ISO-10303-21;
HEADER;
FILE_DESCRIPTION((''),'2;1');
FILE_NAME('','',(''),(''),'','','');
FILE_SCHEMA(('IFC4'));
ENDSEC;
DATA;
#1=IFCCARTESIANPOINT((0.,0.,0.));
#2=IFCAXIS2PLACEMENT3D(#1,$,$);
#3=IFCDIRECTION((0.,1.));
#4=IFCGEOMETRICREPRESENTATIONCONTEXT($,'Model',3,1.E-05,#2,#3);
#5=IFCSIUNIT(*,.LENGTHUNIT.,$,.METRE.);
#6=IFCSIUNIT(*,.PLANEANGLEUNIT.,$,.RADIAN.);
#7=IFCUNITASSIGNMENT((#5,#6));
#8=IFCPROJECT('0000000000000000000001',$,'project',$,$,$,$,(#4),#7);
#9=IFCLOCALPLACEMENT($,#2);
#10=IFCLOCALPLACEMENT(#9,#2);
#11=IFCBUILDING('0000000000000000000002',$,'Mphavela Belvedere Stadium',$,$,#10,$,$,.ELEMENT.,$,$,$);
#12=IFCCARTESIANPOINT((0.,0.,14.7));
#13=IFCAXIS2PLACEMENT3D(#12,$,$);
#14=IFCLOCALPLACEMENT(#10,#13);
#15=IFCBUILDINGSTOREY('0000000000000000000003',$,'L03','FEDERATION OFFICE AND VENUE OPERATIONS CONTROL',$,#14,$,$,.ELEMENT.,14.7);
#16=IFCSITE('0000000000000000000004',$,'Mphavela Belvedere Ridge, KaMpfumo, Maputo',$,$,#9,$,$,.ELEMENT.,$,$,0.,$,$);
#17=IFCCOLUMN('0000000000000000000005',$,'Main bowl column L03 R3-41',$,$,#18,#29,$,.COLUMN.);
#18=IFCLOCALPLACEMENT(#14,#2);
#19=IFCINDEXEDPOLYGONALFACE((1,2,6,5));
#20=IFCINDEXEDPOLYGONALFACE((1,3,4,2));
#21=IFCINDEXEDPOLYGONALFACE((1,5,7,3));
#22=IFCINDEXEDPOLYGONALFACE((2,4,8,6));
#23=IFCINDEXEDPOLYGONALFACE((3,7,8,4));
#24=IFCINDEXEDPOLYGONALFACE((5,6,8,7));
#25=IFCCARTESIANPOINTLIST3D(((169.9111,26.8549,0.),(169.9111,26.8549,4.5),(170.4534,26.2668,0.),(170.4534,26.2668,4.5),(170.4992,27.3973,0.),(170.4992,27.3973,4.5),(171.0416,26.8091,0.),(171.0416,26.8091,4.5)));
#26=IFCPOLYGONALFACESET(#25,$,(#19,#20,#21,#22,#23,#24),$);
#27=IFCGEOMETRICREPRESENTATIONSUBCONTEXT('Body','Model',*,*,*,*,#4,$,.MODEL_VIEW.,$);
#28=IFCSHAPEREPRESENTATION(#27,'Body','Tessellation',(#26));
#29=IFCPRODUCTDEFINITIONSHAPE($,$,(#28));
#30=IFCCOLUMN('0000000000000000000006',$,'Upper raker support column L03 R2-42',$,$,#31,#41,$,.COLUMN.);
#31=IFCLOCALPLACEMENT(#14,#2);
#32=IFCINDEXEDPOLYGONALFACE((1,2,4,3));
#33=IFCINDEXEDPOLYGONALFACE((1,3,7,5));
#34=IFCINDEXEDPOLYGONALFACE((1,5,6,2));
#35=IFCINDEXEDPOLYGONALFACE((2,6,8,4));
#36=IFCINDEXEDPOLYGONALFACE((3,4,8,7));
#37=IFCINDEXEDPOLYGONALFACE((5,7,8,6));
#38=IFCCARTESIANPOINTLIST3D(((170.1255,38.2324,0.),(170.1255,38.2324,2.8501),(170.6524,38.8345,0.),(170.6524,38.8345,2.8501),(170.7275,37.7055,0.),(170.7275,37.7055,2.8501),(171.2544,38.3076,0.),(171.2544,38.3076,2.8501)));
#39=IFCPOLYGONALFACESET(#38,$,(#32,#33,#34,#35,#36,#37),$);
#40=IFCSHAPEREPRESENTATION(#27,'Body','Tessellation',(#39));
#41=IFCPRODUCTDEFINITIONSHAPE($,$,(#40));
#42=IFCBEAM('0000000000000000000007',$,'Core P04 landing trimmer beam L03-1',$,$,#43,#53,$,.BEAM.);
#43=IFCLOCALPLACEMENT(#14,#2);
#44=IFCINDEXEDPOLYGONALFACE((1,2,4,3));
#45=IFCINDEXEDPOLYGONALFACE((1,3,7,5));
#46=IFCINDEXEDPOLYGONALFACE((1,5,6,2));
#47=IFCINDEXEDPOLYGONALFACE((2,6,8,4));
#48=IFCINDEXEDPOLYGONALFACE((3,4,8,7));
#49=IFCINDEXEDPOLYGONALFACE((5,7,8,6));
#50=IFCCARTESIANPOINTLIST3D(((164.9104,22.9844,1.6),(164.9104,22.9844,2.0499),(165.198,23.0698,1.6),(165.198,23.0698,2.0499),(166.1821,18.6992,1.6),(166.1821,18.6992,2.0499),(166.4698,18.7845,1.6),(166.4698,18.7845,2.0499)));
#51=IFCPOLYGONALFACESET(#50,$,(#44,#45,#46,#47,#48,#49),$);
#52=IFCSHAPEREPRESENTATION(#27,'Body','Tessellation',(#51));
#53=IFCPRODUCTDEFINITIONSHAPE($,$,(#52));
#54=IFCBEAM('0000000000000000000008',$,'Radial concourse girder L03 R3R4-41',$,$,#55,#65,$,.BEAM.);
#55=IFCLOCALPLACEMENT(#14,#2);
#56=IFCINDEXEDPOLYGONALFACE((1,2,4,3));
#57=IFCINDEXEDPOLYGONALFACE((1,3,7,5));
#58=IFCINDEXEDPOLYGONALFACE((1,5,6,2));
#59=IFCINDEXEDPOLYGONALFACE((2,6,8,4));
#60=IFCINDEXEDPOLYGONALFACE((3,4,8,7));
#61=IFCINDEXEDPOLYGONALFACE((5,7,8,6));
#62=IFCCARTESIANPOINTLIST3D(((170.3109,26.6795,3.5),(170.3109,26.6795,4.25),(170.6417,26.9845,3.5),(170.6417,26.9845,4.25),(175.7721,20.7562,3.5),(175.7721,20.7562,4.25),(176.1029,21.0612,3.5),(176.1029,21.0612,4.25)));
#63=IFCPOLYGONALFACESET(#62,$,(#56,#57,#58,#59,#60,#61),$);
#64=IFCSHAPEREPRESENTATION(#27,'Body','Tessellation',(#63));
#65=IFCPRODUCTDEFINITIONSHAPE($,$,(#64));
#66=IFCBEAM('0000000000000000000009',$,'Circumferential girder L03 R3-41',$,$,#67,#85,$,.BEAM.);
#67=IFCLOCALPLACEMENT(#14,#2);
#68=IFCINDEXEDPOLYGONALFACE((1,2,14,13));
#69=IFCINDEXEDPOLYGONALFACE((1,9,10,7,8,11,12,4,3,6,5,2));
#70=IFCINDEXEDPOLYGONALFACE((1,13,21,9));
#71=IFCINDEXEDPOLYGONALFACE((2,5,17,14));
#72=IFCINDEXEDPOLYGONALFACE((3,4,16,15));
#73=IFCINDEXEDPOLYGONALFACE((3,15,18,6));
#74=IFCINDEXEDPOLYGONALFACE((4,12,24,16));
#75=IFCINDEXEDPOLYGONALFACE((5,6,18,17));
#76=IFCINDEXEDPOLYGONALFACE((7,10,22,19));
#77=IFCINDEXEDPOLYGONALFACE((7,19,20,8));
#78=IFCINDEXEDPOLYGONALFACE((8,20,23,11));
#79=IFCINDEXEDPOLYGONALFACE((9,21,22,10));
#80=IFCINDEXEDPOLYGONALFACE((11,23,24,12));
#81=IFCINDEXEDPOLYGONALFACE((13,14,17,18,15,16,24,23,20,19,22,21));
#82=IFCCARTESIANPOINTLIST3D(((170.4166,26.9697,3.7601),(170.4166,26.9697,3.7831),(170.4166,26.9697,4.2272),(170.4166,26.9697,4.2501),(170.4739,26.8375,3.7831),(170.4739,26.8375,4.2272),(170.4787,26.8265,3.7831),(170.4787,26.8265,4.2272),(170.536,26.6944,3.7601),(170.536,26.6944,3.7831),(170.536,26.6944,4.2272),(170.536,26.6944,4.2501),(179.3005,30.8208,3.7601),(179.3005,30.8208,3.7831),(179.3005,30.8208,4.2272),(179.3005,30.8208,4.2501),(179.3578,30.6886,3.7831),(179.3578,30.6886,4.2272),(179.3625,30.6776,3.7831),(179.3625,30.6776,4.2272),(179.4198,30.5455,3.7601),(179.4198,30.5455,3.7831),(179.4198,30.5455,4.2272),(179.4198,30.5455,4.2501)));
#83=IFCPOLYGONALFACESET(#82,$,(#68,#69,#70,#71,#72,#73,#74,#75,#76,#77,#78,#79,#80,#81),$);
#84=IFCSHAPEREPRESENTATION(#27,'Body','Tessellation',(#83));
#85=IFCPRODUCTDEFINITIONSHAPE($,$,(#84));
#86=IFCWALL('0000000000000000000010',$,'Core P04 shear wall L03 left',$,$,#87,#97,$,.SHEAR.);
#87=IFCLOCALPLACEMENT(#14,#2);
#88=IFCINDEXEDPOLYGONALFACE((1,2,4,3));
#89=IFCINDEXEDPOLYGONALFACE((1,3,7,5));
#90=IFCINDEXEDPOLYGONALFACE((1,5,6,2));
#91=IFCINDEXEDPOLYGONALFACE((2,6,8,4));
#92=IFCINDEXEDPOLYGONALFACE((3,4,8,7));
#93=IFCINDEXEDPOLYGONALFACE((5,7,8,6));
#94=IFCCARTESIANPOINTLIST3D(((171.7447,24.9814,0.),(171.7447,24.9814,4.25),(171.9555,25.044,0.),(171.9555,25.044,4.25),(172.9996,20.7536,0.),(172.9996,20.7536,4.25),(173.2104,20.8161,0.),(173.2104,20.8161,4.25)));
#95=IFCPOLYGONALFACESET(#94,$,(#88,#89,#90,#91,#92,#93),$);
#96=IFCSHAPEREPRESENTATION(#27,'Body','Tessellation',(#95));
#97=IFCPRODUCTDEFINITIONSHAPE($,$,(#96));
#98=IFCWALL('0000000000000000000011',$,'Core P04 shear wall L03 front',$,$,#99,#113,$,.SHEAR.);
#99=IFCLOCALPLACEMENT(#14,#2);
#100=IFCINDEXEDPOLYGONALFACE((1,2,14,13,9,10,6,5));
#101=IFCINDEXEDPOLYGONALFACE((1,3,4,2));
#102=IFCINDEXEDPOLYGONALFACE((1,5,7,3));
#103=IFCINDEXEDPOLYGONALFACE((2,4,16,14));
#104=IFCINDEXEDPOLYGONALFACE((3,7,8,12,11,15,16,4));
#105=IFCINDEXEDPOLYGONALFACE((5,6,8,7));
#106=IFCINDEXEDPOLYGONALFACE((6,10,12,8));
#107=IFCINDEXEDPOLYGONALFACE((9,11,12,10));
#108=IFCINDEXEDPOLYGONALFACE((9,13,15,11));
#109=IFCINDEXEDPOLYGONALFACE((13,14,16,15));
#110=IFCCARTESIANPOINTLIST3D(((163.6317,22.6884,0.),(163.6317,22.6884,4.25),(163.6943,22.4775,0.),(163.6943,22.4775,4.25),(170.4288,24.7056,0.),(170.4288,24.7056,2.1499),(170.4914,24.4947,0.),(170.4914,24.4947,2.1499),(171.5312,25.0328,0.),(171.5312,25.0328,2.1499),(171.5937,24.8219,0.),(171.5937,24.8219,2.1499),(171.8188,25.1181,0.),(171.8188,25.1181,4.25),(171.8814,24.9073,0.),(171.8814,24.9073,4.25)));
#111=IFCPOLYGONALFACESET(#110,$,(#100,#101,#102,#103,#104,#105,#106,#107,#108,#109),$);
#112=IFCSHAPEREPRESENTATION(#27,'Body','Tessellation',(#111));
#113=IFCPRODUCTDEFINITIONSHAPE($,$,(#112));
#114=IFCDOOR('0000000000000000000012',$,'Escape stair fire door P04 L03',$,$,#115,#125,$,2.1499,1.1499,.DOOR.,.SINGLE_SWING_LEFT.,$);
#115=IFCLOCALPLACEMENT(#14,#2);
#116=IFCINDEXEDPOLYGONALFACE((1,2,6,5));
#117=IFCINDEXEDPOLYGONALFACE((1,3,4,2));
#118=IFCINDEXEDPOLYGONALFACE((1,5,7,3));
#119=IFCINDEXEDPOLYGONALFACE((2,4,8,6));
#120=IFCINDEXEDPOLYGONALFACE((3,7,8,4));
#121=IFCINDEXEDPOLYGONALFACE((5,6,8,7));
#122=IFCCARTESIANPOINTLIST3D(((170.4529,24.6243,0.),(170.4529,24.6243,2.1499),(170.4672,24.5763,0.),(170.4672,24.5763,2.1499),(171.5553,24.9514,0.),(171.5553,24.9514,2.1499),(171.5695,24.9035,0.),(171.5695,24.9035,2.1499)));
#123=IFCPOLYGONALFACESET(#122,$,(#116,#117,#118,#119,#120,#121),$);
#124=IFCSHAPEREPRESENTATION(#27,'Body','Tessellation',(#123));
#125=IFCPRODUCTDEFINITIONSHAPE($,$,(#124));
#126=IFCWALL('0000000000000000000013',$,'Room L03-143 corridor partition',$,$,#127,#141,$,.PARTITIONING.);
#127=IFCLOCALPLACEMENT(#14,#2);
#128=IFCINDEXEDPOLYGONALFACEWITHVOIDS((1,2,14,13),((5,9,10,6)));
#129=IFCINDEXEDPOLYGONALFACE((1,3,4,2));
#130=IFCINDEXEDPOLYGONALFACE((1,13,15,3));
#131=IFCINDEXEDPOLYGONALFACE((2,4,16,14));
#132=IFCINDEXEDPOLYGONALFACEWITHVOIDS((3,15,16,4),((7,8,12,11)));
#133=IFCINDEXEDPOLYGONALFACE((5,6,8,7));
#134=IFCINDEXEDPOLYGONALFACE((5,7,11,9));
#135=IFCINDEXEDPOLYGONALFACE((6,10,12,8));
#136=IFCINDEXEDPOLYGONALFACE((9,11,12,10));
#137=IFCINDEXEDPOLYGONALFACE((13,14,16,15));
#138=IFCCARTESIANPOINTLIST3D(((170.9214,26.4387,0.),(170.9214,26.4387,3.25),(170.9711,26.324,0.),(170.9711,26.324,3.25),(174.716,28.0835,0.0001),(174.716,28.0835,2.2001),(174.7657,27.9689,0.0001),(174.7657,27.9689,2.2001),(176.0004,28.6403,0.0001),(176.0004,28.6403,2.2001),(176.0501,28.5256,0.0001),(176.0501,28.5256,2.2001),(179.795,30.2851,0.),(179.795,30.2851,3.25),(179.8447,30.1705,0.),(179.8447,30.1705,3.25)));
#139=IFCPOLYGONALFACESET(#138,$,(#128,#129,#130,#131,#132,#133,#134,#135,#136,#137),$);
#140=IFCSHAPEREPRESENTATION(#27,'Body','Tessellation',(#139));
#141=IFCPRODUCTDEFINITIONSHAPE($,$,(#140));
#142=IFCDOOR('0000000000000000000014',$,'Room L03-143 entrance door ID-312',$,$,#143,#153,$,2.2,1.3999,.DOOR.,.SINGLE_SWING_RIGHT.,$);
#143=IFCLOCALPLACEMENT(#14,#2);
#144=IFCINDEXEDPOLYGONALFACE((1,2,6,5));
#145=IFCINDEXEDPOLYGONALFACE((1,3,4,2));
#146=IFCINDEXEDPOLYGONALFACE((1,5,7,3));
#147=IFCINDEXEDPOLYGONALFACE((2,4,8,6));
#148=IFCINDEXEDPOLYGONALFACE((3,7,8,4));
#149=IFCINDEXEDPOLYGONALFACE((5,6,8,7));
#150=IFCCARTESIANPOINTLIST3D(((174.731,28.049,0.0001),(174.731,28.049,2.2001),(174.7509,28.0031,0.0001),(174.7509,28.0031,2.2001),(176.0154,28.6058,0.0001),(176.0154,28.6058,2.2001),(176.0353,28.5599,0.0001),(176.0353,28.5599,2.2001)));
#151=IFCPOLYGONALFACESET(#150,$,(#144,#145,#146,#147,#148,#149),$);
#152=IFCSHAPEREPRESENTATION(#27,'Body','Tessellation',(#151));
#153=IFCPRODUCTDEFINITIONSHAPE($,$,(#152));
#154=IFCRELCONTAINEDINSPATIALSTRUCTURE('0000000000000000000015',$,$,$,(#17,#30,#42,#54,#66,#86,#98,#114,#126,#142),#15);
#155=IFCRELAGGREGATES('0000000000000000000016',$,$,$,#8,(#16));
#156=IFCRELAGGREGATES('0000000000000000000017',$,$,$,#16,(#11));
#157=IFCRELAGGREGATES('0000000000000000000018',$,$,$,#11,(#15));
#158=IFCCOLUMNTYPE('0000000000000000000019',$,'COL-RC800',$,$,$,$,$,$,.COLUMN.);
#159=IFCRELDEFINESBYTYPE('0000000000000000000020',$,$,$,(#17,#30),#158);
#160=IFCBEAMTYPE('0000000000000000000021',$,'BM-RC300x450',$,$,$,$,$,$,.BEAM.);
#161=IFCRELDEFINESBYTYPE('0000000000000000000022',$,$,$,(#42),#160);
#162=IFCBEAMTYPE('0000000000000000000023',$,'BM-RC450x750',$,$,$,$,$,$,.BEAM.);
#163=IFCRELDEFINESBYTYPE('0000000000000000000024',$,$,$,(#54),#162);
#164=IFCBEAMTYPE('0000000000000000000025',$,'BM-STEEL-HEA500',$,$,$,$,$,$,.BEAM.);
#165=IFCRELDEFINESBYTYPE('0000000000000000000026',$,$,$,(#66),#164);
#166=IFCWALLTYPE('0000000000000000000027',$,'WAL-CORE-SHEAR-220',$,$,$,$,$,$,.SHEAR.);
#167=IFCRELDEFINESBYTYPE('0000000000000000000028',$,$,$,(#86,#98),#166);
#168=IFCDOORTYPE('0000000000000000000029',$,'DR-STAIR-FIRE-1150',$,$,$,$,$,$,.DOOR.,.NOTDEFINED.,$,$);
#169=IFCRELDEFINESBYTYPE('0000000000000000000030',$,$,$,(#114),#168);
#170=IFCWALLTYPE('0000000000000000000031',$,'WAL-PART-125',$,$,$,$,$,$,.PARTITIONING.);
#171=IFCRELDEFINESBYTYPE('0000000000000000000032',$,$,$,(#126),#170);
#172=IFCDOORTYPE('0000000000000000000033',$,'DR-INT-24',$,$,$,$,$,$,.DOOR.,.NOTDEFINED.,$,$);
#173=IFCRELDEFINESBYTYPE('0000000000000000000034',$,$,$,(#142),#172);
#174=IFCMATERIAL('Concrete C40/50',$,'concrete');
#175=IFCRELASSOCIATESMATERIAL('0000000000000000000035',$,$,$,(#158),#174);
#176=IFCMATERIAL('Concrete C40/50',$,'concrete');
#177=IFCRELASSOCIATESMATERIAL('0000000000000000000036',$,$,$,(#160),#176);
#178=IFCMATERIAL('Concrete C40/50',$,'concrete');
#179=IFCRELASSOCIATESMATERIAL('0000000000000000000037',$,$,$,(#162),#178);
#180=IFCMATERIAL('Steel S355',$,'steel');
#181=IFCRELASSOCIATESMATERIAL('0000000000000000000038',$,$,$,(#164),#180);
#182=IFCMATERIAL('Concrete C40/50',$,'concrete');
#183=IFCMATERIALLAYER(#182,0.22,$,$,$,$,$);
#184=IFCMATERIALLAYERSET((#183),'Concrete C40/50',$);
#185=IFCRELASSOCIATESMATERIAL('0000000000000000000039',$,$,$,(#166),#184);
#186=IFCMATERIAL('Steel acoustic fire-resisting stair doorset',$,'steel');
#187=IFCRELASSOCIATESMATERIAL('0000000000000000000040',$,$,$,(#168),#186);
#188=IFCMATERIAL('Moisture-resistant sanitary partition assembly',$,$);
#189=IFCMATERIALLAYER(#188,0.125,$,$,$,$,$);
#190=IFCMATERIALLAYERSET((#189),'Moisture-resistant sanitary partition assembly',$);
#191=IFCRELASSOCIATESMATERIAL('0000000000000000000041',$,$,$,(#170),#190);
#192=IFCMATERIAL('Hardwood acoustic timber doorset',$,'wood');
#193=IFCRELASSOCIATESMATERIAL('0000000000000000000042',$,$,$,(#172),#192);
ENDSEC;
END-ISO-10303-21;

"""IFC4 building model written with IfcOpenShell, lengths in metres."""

from ifc_helpers import new_model, si_unit, direction, frame, frame_2d, origin, origin_2d, place, context, subcontext, project, spatial, rectangle, i_section, extrude, material, layer, layer_set, material_profile, profile_set, type_object, element, fill, save


model = new_model("IFC4")

# Units and contexts
model_context = context("Model", 3, precision=1e-05, world=origin(), true_north=direction((0.0, 1.0)))
body_context = subcontext(model_context, "Body", "Model", "MODEL_VIEW")
ifc_project = project(units=[si_unit("LENGTHUNIT", "METRE"), si_unit("PLANEANGLEUNIT", "RADIAN")], contexts=[model_context])

# Site, building, storey
site_placement = place(None, origin())
site = spatial("IfcSite", under=ifc_project, at=site_placement, Name="Mphavela Belvedere Ridge, KaMpfumo, Maputo", CompositionType="ELEMENT", RefElevation=0.0)
building_placement = place(site_placement, origin())
building = spatial("IfcBuilding", under=site, at=building_placement, Name="Mphavela Belvedere Stadium", CompositionType="ELEMENT")
storey_placement = place(building_placement, frame((0.0, 0.0, 14.7)))
storey = spatial("IfcBuildingStorey", under=building, at=storey_placement, Name="L03", Description="FEDERATION OFFICE AND VENUE OPERATIONS CONTROL", CompositionType="ELEMENT", Elevation=14.7)

# Columns
ifc_material_1 = material(Name="Concrete C40/50", Category="concrete")
ifc_material_profile_1 = material_profile(ifc_material_1, rectangle(XDim=0.8, YDim=0.8, at=origin_2d()), Name="RC 800x800")
ifc_profile_set_1 = profile_set([ifc_material_profile_1], Name="Concrete C40/50")
column_type = type_object("IfcColumnType", Name="COL-RC800", PredefinedType="COLUMN", material=ifc_profile_set_1)
column_1_placement = place(storey_placement, frame((170.4763, 26.832, 0.0), z_axis=(0.0, 0.0, 1.0), x_axis=(0.677903, -0.735151, 0.0)))
element("IfcColumn", 1, at=column_1_placement, inside=storey, type_object=column_type, Name="Main bowl column L03 R3-41", PredefinedType="COLUMN", context=body_context, shape_type="SweptSolid", body=[
    extrude(rectangle(XDim=0.8, YDim=0.8, at=origin_2d()), origin(), (0.0, 0.0, 1.0), 4.5),
])
column_2_placement = place(storey_placement, frame((170.6899, 38.27, 0.0), z_axis=(0.0, 0.0, 1.0), x_axis=(0.75253, -0.658558, 0.0)))
element("IfcColumn", 2, at=column_2_placement, inside=storey, type_object=column_type, Name="Upper raker support column L03 R2-42", PredefinedType="COLUMN", context=body_context, shape_type="SweptSolid", body=[
    extrude(rectangle(XDim=0.8, YDim=0.8, at=origin_2d()), origin(), (0.0, 0.0, 1.0), 2.8501),
])

# Beams
ifc_material_2 = material(Name="Concrete C40/50", Category="concrete")
ifc_material_profile_2 = material_profile(ifc_material_2, rectangle(XDim=0.3, YDim=0.45, at=origin_2d()), Name="RC 300x450")
ifc_profile_set_2 = profile_set([ifc_material_profile_2], Name="Concrete C40/50")
beam_type_1 = type_object("IfcBeamType", Name="BM-RC300x450", PredefinedType="BEAM", material=ifc_profile_set_2)
beam_1_placement = place(storey_placement, frame((165.0542, 23.0271, 1.825), z_axis=(0.28451, -0.958673, 0.0), x_axis=(0.958673, 0.28451, 0.0)))
element("IfcBeam", 3, at=beam_1_placement, inside=storey, type_object=beam_type_1, Name="Core P04 landing trimmer beam L03-1", PredefinedType="BEAM", context=body_context, shape_type="SweptSolid", body=[
    extrude(rectangle(XDim=0.3, YDim=0.45, at=origin_2d()), origin(), (0.0, 0.0, 1.0), 4.47),
])
ifc_material_3 = material(Name="Concrete C40/50", Category="concrete")
ifc_material_profile_3 = material_profile(ifc_material_3, rectangle(XDim=0.45, YDim=0.75, at=origin_2d()), Name="RC 450x750")
ifc_profile_set_3 = profile_set([ifc_material_profile_3], Name="Concrete C40/50")
beam_type_2 = type_object("IfcBeamType", Name="BM-RC450x750", PredefinedType="BEAM", material=ifc_profile_set_3)
beam_2_placement = place(storey_placement, frame((170.4763, 26.832, 3.875), z_axis=(0.677843, -0.735206, 0.0), x_axis=(0.735206, 0.677843, 0.0)))
element("IfcBeam", 4, at=beam_2_placement, inside=storey, type_object=beam_type_2, Name="Radial concourse girder L03 R3R4-41", PredefinedType="BEAM", context=body_context, shape_type="SweptSolid", body=[
    extrude(rectangle(XDim=0.45, YDim=0.75, at=origin_2d()), origin(), (0.0, 0.0, 1.0), 8.0566),
])
ifc_material_4 = material(Name="Steel S355", Category="steel")
ifc_material_profile_4 = material_profile(ifc_material_4, i_section(OverallWidth=0.3, OverallDepth=0.49, WebThickness=0.012, FlangeThickness=0.0229, at=origin_2d()), Name="HEA 500")
ifc_profile_set_4 = profile_set([ifc_material_profile_4], Name="Steel S355")
beam_type_3 = type_object("IfcBeamType", Name="BM-STEEL-HEA500", PredefinedType="BEAM", material=ifc_profile_set_4)
beam_3_placement = place(storey_placement, frame((170.4763, 26.832, 4.0051), z_axis=(0.917502, 0.397732, 0.0), x_axis=(-0.397732, 0.917502, 0.0)))
element("IfcBeam", 5, at=beam_3_placement, inside=storey, type_object=beam_type_3, Name="Circumferential girder L03 R3-41", PredefinedType="BEAM", context=body_context, shape_type="SweptSolid", body=[
    extrude(i_section(OverallWidth=0.3, OverallDepth=0.49, WebThickness=0.012, FlangeThickness=0.0229, at=origin_2d()), origin(), (0.0, 0.0, 1.0), 9.6826),
])

# Wall
ifc_material_5 = material(Name="Concrete C40/50", Category="concrete")
ifc_layer_1 = layer(ifc_material_5, 0.22)
ifc_layer_set_1 = layer_set([ifc_layer_1], Name="Concrete C40/50")
wall_type_1 = type_object("IfcWallType", Name="WAL-CORE-SHEAR-220", PredefinedType="SHEAR", material=ifc_layer_set_1)
wall_1_placement = place(storey_placement, frame((171.8501, 25.0127, 0.0), z_axis=(0.0, 0.0, 1.0), x_axis=(0.284548, -0.958662, 0.0)))
element("IfcWall", 6, at=wall_1_placement, inside=storey, type_object=wall_type_1, Name="Core P04 shear wall L03 left", PredefinedType="SHEAR", context=body_context, shape_type="SweptSolid", body=[
    extrude(rectangle(XDim=4.4102, YDim=0.22, at=frame_2d((2.2051, 0.0))), origin(), (0.0, 0.0, 1.0), 4.25),
])

# Walls, openings, doors
wall_2_placement = place(storey_placement, frame((171.8501, 25.0127, 0.0), z_axis=(0.0, 0.0, 1.0), x_axis=(-0.958673, -0.284509, 0.0)))
wall_2 = element("IfcWall", 7, at=wall_2_placement, inside=storey, type_object=wall_type_1, Name="Core P04 shear wall L03 front", PredefinedType="SHEAR", context=body_context, shape_type="SweptSolid", body=[
    extrude(rectangle(XDim=8.54, YDim=0.22, at=frame_2d((4.27, 0.0))), origin(), (0.0, 0.0, 1.0), 4.25),
])
opening_1_placement = place(wall_2_placement, frame((0.3, 0.0, 0.0)))
opening_1 = element("IfcOpeningElement", 8, at=opening_1_placement, cuts=wall_2, PredefinedType="OPENING", context=body_context, shape_type="SweptSolid", body=[
    extrude(rectangle(XDim=1.1499, YDim=2.1499, at=frame_2d((0.575, 1.075))), frame((0.0, 0.1201, 0.0), z_axis=(0.0, -1.0, 0.0), x_axis=(1.0, 0.0, 0.0)), (0.0, 0.0, 1.0), 0.24),
])
ifc_material_6 = material(Name="Steel acoustic fire-resisting stair doorset", Category="steel")
door_type_1 = type_object("IfcDoorType", Name="DR-STAIR-FIRE-1150", OperationType="NOTDEFINED", PredefinedType="DOOR", material=ifc_material_6)
door_1_placement = place(opening_1_placement, origin())
door_1 = element("IfcDoor", 9, at=door_1_placement, inside=storey, type_object=door_type_1, Name="Escape stair fire door P04 L03", OperationType="SINGLE_SWING_LEFT", OverallHeight=2.1499, OverallWidth=1.1499, PredefinedType="DOOR", context=body_context, shape_type="SweptSolid", body=[
    extrude(rectangle(XDim=1.1499, YDim=2.1499, at=frame_2d((0.575, 1.075))), frame((0.0, 0.0249, 0.0), z_axis=(0.0, -1.0, 0.0), x_axis=(1.0, 0.0, 0.0)), (0.0, 0.0, 1.0), 0.05),
])
fill(opening_1, door_1)
ifc_material_7 = material(Name="Moisture-resistant sanitary partition assembly")
ifc_layer_2 = layer(ifc_material_7, 0.125)
ifc_layer_set_2 = layer_set([ifc_layer_2], Name="Moisture-resistant sanitary partition assembly")
wall_type_2 = type_object("IfcWallType", Name="WAL-PART-125", PredefinedType="PARTITIONING", material=ifc_layer_set_2)
wall_3_placement = place(storey_placement, frame((170.9463, 26.3813, 0.0), z_axis=(0.0, 0.0, 1.0), x_axis=(0.917509, 0.397715, 0.0)))
wall_3 = element("IfcWall", 10, at=wall_3_placement, inside=storey, type_object=wall_type_2, Name="Room L03-143 corridor partition", PredefinedType="PARTITIONING", context=body_context, shape_type="SweptSolid", body=[
    extrude(rectangle(XDim=9.6714, YDim=0.125, at=frame_2d((4.8357, 0.0))), origin(), (0.0, 0.0, 1.0), 3.25),
])
opening_2_placement = place(wall_3_placement, frame((4.1357, 0.0, 0.0)))
opening_2 = element("IfcOpeningElement", 11, at=opening_2_placement, cuts=wall_3, PredefinedType="OPENING", context=body_context, shape_type="SweptSolid", body=[
    extrude(rectangle(XDim=1.3999, YDim=2.2, at=frame_2d((0.7, 1.1001))), frame((0.0, 0.0725, 0.0), z_axis=(0.0, -1.0, 0.0), x_axis=(1.0, 0.0, 0.0)), (0.0, 0.0, 1.0), 0.145),
])
ifc_material_8 = material(Name="Hardwood acoustic timber doorset", Category="wood")
door_type_2 = type_object("IfcDoorType", Name="DR-INT-24", OperationType="NOTDEFINED", PredefinedType="DOOR", material=ifc_material_8)
door_2_placement = place(opening_2_placement, origin())
door_2 = element("IfcDoor", 12, at=door_2_placement, inside=storey, type_object=door_type_2, Name="Room L03-143 entrance door ID-312", OperationType="SINGLE_SWING_RIGHT", OverallHeight=2.2, OverallWidth=1.3999, PredefinedType="DOOR", context=body_context, shape_type="SweptSolid", body=[
    extrude(rectangle(XDim=1.3999, YDim=2.2, at=frame_2d((0.7, 1.1001))), frame((0.0, 0.0249, 0.0), z_axis=(0.0, -1.0, 0.0), x_axis=(1.0, 0.0, 0.0)), (0.0, 0.0, 1.0), 0.05),
])
fill(opening_2, door_2)

save(model, "model.ifc")
